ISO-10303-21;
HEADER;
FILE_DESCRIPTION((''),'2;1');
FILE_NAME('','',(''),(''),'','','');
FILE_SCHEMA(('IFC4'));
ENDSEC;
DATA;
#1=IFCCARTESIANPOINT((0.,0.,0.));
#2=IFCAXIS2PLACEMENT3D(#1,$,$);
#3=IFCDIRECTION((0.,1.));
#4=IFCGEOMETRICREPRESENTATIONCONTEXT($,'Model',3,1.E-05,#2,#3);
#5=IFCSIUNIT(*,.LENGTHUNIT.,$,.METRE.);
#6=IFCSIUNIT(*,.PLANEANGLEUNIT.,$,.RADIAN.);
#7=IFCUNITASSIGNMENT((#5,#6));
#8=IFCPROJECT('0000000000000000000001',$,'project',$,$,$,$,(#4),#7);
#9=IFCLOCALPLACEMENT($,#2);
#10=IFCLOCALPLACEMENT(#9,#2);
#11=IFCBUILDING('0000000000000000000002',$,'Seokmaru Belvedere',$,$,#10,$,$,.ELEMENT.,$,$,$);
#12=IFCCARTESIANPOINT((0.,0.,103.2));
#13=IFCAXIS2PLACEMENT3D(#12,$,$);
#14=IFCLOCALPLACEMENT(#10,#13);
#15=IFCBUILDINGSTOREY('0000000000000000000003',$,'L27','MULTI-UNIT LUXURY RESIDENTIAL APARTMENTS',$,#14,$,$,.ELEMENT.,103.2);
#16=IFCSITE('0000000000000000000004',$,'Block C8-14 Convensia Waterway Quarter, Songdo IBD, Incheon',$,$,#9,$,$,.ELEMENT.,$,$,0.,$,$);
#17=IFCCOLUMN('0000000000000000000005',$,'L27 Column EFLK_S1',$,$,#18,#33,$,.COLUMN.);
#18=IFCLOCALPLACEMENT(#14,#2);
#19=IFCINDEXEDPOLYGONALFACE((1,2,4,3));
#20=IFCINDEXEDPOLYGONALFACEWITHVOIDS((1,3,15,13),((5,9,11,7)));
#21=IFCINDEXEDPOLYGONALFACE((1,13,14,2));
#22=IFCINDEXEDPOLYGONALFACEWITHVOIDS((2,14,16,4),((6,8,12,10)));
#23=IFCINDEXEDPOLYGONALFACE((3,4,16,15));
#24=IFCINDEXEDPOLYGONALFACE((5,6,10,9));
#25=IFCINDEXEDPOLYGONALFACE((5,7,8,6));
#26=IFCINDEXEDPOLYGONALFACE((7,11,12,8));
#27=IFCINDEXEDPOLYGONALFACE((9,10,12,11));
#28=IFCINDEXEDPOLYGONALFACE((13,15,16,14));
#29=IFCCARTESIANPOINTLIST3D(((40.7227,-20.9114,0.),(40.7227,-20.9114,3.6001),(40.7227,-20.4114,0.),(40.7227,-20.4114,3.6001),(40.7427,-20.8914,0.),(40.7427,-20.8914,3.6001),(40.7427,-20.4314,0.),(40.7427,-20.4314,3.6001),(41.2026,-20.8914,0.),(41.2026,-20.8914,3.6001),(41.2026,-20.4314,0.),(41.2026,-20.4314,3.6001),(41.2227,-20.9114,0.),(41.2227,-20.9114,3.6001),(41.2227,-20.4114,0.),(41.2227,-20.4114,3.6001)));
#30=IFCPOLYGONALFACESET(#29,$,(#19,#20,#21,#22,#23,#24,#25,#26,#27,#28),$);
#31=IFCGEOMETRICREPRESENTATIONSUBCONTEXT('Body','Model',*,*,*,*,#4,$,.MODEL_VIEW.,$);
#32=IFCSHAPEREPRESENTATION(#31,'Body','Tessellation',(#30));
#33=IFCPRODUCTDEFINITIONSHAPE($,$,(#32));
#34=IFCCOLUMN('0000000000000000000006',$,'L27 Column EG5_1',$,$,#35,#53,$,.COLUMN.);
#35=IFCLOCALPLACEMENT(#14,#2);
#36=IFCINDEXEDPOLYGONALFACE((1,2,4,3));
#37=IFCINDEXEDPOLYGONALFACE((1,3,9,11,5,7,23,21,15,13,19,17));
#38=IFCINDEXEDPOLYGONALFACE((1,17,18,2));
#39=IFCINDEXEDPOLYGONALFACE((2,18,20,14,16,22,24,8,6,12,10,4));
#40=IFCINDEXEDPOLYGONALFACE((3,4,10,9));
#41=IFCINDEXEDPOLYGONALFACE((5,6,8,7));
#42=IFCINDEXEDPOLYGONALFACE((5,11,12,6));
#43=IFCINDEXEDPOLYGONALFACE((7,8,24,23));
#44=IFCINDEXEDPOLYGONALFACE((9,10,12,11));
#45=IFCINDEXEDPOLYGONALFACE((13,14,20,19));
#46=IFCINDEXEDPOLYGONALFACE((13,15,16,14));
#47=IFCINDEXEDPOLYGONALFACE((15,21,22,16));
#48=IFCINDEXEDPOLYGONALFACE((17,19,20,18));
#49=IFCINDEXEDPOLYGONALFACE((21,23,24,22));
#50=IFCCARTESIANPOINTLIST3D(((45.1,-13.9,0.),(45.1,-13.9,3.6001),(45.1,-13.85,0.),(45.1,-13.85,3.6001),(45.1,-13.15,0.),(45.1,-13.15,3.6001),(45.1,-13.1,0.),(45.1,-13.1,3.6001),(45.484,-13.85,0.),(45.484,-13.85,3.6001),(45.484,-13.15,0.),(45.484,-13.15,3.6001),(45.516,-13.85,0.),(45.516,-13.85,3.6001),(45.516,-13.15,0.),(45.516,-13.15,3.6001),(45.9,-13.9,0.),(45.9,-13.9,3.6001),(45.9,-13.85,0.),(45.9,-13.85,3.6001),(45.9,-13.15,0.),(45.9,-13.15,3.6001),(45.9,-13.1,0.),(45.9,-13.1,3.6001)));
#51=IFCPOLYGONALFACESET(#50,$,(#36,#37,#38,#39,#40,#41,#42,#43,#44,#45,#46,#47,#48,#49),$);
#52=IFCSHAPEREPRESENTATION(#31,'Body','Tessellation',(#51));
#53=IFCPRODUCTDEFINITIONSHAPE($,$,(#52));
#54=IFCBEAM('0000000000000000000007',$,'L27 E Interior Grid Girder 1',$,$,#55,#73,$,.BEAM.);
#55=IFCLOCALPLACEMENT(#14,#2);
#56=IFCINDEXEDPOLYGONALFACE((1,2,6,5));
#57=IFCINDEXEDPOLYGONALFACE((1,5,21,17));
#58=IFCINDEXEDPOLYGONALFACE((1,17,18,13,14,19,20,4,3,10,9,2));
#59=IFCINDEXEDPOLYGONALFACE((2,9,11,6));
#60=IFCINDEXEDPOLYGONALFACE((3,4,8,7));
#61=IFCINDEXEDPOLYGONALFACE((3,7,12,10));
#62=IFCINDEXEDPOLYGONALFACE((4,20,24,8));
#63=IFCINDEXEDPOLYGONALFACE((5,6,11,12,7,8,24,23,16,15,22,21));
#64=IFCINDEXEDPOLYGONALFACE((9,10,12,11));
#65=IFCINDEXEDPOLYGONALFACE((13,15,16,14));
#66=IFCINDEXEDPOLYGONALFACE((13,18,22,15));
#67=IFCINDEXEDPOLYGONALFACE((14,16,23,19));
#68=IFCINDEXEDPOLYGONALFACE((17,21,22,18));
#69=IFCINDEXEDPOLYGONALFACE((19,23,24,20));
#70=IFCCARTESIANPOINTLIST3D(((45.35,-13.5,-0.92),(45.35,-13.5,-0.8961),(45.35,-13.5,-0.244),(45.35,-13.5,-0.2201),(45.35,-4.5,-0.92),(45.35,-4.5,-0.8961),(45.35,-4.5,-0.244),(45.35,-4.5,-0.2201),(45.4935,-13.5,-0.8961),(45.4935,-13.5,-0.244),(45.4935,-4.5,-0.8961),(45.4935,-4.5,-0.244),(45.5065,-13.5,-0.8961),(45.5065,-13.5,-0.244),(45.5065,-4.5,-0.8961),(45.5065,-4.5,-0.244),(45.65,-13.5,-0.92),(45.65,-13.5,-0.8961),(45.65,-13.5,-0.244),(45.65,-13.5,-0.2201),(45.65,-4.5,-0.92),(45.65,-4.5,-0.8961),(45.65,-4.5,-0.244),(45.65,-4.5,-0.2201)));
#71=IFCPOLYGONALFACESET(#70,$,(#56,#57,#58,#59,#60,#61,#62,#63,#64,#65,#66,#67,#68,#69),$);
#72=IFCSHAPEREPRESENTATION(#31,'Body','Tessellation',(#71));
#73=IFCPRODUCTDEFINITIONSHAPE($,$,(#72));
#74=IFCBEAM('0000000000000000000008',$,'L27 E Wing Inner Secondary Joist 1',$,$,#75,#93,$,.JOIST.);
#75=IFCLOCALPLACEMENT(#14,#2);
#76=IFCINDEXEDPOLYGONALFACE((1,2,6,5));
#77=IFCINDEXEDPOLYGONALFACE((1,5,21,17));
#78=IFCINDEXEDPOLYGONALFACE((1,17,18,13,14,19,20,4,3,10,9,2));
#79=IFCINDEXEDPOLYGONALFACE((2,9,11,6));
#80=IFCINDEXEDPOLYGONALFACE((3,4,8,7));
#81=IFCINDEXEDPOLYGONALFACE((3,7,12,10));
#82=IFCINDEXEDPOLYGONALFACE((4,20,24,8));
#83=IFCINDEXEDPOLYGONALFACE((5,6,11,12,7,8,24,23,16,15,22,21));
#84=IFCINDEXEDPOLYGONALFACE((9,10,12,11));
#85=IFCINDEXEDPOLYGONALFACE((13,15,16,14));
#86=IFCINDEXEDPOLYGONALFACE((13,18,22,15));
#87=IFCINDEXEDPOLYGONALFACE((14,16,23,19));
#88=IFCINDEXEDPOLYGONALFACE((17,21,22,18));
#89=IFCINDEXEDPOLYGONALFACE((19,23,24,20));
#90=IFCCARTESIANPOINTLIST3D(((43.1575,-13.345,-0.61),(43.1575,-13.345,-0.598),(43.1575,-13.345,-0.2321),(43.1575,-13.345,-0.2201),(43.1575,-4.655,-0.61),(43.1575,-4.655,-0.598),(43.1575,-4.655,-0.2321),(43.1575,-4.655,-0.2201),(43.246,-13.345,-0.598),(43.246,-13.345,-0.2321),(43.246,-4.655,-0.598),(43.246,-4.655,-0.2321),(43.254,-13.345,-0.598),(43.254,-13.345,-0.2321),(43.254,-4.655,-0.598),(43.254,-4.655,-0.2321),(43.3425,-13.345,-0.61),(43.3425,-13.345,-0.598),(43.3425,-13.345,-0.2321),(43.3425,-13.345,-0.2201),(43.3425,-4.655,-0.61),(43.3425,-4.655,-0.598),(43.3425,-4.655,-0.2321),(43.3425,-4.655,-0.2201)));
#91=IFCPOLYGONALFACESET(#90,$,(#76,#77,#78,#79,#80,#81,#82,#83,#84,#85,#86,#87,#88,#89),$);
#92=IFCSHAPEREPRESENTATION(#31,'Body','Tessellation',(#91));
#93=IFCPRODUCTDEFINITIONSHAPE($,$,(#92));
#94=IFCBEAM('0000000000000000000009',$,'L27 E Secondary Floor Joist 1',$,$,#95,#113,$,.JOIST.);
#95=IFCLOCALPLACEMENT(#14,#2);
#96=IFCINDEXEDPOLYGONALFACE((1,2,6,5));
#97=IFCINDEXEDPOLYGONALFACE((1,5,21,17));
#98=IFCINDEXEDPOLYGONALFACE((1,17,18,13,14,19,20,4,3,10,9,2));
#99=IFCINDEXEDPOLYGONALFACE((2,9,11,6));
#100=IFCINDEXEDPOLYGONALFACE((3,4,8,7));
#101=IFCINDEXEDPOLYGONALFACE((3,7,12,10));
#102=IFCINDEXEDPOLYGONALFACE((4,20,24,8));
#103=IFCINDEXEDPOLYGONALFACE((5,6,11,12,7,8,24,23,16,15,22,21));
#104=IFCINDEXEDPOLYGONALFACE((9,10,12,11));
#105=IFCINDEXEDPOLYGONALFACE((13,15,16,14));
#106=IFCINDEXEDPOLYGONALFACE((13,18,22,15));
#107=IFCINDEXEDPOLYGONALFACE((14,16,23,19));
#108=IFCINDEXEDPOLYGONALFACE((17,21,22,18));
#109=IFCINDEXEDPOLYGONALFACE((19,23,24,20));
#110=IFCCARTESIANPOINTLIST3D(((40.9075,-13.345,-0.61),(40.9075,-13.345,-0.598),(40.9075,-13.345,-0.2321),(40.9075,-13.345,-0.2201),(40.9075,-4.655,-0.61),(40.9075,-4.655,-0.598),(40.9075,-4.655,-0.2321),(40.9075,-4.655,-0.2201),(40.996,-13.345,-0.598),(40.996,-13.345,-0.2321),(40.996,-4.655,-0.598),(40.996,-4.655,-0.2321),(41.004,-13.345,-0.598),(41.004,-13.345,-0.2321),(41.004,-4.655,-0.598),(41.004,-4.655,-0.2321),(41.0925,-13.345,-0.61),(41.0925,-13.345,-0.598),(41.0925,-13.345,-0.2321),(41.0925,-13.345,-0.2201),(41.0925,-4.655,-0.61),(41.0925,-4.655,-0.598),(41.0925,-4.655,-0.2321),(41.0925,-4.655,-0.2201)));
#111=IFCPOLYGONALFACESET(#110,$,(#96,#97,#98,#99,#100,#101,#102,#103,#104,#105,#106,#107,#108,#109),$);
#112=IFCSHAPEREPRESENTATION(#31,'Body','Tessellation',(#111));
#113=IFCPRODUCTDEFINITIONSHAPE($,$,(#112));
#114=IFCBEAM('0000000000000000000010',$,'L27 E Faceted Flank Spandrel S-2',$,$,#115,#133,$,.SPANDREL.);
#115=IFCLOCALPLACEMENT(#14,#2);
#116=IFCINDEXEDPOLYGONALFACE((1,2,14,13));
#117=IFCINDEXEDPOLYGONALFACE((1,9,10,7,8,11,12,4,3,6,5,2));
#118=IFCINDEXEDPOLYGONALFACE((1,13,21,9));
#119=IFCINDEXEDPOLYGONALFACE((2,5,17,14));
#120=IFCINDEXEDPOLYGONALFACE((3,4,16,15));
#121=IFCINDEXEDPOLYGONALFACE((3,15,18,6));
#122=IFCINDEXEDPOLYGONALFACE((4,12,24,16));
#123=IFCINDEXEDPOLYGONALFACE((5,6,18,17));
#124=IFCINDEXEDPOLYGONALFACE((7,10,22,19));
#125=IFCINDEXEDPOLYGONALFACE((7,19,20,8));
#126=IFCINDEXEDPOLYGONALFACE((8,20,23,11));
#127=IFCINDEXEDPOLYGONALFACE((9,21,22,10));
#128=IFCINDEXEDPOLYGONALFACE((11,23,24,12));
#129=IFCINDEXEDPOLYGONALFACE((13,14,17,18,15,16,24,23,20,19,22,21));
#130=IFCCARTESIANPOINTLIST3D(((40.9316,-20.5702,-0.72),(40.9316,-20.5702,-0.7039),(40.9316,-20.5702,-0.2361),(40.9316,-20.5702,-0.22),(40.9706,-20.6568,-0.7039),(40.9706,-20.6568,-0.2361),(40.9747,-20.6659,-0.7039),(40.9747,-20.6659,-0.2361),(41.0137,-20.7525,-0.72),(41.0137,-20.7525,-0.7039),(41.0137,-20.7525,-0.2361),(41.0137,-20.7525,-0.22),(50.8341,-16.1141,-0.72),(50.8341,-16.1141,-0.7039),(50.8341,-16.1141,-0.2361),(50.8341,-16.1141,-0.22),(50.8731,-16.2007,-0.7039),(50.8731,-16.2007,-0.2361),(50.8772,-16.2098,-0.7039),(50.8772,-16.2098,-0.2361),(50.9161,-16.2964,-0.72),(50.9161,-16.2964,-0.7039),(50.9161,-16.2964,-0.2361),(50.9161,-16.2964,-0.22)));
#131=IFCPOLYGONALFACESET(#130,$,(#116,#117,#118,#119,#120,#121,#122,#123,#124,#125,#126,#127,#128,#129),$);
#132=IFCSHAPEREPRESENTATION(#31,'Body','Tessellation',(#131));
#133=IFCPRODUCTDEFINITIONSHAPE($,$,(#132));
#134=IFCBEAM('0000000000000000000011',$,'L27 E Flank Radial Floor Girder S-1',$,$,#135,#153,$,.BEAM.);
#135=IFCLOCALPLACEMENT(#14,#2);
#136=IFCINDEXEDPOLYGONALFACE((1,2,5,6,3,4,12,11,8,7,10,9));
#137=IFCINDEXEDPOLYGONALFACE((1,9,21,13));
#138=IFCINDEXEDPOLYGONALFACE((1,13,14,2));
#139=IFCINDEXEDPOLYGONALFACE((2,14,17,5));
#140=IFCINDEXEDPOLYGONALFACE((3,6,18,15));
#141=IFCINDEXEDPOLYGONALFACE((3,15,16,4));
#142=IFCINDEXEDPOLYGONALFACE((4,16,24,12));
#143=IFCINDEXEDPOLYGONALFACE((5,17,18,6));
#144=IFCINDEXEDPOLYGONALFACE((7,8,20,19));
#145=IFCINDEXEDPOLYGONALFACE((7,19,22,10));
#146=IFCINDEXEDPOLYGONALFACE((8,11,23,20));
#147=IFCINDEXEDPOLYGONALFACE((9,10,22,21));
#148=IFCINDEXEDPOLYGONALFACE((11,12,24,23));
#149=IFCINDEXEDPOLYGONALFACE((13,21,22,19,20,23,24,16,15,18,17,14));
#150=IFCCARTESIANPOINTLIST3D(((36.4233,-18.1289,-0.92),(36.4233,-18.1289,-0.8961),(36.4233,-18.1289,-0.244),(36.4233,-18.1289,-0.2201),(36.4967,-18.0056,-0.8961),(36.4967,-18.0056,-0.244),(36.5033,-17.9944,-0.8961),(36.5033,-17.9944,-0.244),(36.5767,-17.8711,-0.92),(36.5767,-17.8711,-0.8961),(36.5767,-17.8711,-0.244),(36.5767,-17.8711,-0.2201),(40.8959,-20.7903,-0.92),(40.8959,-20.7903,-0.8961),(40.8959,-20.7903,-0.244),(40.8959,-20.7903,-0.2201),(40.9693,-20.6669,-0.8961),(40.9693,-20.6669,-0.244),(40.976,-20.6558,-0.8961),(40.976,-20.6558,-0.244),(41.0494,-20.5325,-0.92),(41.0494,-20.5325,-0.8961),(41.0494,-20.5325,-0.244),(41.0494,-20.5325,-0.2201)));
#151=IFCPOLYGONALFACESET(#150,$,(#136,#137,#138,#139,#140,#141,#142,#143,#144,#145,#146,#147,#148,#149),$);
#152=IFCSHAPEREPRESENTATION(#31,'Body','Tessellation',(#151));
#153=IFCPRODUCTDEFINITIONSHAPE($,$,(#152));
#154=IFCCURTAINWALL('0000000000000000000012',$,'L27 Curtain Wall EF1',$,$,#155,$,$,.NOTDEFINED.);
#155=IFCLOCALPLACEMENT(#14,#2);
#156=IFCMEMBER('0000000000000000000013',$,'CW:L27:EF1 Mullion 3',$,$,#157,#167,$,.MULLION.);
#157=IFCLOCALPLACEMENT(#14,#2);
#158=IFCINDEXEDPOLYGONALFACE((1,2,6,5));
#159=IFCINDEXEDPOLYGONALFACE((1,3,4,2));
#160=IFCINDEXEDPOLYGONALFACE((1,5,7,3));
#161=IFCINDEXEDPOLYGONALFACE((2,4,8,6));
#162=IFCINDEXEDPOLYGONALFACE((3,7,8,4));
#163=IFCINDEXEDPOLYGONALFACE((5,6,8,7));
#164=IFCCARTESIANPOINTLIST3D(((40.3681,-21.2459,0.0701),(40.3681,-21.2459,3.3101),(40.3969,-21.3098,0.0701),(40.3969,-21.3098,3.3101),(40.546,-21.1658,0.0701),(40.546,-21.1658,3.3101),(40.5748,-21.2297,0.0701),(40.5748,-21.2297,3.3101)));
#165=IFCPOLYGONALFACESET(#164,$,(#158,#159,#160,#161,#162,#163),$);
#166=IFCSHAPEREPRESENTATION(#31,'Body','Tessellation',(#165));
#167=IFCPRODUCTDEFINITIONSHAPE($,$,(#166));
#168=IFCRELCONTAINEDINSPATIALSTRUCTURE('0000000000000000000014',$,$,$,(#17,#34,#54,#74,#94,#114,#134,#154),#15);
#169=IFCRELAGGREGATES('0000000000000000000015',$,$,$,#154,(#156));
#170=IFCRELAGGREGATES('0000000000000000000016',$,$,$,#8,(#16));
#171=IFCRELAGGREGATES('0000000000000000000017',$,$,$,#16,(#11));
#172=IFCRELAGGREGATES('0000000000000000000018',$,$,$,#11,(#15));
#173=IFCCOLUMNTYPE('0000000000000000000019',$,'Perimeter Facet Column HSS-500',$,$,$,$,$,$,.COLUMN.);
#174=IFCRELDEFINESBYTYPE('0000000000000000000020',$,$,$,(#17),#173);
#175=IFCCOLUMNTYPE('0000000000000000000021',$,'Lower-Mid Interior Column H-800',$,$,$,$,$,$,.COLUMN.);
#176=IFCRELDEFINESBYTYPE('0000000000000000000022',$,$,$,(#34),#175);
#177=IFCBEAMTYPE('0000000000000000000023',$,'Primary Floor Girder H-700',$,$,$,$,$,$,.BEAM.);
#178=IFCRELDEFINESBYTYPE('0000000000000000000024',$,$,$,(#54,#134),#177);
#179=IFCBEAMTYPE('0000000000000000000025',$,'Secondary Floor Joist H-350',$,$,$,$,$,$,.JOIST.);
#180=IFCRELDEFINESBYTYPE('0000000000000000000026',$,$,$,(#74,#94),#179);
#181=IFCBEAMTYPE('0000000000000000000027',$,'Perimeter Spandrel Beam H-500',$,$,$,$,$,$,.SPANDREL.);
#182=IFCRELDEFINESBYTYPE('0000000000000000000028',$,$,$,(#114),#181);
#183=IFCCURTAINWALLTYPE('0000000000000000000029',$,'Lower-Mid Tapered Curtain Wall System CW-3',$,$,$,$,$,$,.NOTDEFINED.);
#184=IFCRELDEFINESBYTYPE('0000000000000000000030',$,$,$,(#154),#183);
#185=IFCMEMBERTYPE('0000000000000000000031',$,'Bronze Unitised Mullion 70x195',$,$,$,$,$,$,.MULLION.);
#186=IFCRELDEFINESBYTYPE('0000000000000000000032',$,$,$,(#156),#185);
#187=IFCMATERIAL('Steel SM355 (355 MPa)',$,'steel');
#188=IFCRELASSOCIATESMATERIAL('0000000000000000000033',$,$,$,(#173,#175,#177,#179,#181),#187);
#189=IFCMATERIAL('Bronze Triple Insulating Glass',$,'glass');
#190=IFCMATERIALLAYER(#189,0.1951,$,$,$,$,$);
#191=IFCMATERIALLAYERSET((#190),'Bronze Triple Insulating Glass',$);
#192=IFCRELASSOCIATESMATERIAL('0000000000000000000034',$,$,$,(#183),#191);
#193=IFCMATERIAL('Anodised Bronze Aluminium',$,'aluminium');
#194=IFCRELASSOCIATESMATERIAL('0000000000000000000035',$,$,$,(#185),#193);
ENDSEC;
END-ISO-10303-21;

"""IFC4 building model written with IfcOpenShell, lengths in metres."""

from ifc_helpers import new_model, si_unit, direction, frame, origin, origin_2d, place, context, subcontext, project, spatial, rectangle, hollow_rectangle, i_section, extrude, source, transform, mapped, material, layer, layer_set, material_profile, profile_set, type_object, type_shapes, element, aggregate, save


model = new_model("IFC4")

# Units and contexts
model_context = context("Model", 3, precision=1e-05, world=origin(), true_north=direction((0.0, 1.0)))
body_context = subcontext(model_context, "Body", "Model", "MODEL_VIEW")
ifc_project = project(units=[si_unit("LENGTHUNIT", "METRE"), si_unit("PLANEANGLEUNIT", "RADIAN")], contexts=[model_context])

# Site, building, storey
site_placement = place(None, origin())
site = spatial("IfcSite", under=ifc_project, at=site_placement, Name="Block C8-14 Convensia Waterway Quarter, Songdo IBD, Incheon", CompositionType="ELEMENT", RefElevation=0.0)
building_placement = place(site_placement, origin())
building = spatial("IfcBuilding", under=site, at=building_placement, Name="Seokmaru Belvedere", CompositionType="ELEMENT")
storey_placement = place(building_placement, frame((0.0, 0.0, 103.2)))
storey = spatial("IfcBuildingStorey", under=building, at=storey_placement, Name="L27", Description="MULTI-UNIT LUXURY RESIDENTIAL APARTMENTS", CompositionType="ELEMENT", Elevation=103.2)

# Columns
ifc_material_1 = material(Name="Steel SM355 (355 MPa)", Category="steel")
ifc_material_profile_1 = material_profile(ifc_material_1, hollow_rectangle(XDim=0.5, YDim=0.5, WallThickness=0.02, at=origin_2d()), Name="HSS-500x500x20")
ifc_profile_set_1 = profile_set([ifc_material_profile_1], Name="Steel SM355 (355 MPa)")
column_type_1 = type_object("IfcColumnType", Name="Perimeter Facet Column HSS-500", PredefinedType="COLUMN", material=ifc_profile_set_1)
shared_shape_1 = source(origin(), body_context, "Body", "SweptSolid", [
    extrude(hollow_rectangle(XDim=0.5, YDim=0.5, WallThickness=0.02, at=origin_2d()), origin(), (0.0, 0.0, 1.0), 3.6001),
])
type_shapes(column_type_1, [shared_shape_1])
column_1_placement = place(storey_placement, frame((40.9727, -20.6614, 0.0), z_axis=(0.0, 0.0, 1.0), x_axis=(1.0, 0.0, 0.0)))
element("IfcColumn", 1, at=column_1_placement, inside=storey, type_object=column_type_1, Name="L27 Column EFLK_S1", PredefinedType="COLUMN", context=body_context, shape_type="MappedRepresentation", body=[
    mapped(shared_shape_1, transform((0.0, 0.0, 0.0), scale=1.0)),
])
ifc_material_profile_2 = material_profile(ifc_material_1, i_section(OverallWidth=0.8, OverallDepth=0.8, WebThickness=0.032, FlangeThickness=0.05, at=origin_2d()), Name="H-800x800x32x50")
ifc_profile_set_2 = profile_set([ifc_material_profile_2], Name="Steel SM355 (355 MPa)")
column_type_2 = type_object("IfcColumnType", Name="Lower-Mid Interior Column H-800", PredefinedType="COLUMN", material=ifc_profile_set_2)
shared_shape_2 = source(origin(), body_context, "Body", "SweptSolid", [
    extrude(i_section(OverallWidth=0.8, OverallDepth=0.8, WebThickness=0.032, FlangeThickness=0.05, at=origin_2d()), origin(), (0.0, 0.0, 1.0), 3.6001),
])
type_shapes(column_type_2, [shared_shape_2])
column_2_placement = place(storey_placement, frame((45.5, -13.5, 0.0), z_axis=(0.0, 0.0, 1.0), x_axis=(1.0, 0.0, 0.0)))
element("IfcColumn", 2, at=column_2_placement, inside=storey, type_object=column_type_2, Name="L27 Column EG5_1", PredefinedType="COLUMN", context=body_context, shape_type="MappedRepresentation", body=[
    mapped(shared_shape_2, transform((0.0, 0.0, 0.0), scale=1.0)),
])

# Beams
ifc_material_profile_3 = material_profile(ifc_material_1, i_section(OverallWidth=0.3, OverallDepth=0.7, WebThickness=0.0129, FlangeThickness=0.0239, at=origin_2d()), Name="H-700x300x13x24")
ifc_profile_set_3 = profile_set([ifc_material_profile_3], Name="Steel SM355 (355 MPa)")
beam_type_1 = type_object("IfcBeamType", Name="Primary Floor Girder H-700", PredefinedType="BEAM", material=ifc_profile_set_3)
shared_shape_3 = source(origin(), body_context, "Body", "SweptSolid", [
    extrude(i_section(OverallWidth=0.3, OverallDepth=0.7, WebThickness=0.0129, FlangeThickness=0.0239, at=origin_2d()), origin(), (0.0, 0.0, 1.0), 9.0),
])
beam_1_placement = place(storey_placement, frame((45.5, -13.5, -0.5701), z_axis=(0.0, 1.0, 0.0), x_axis=(-1.0, 0.0, 0.0)))
element("IfcBeam", 3, at=beam_1_placement, inside=storey, type_object=beam_type_1, Name="L27 E Interior Grid Girder 1", PredefinedType="BEAM", context=body_context, shape_type="MappedRepresentation", body=[
    mapped(shared_shape_3, transform((0.0, 0.0, 0.0), scale=1.0)),
])
ifc_material_profile_4 = material_profile(ifc_material_1, i_section(OverallWidth=0.1851, OverallDepth=0.3899, WebThickness=0.0081, FlangeThickness=0.012, at=origin_2d()), Name="H-390x185x8x12")
ifc_profile_set_4 = profile_set([ifc_material_profile_4], Name="Steel SM355 (355 MPa)")
beam_type_2 = type_object("IfcBeamType", Name="Secondary Floor Joist H-350", PredefinedType="JOIST", material=ifc_profile_set_4)
shared_shape_4 = source(origin(), body_context, "Body", "SweptSolid", [
    extrude(i_section(OverallWidth=0.1851, OverallDepth=0.3899, WebThickness=0.0081, FlangeThickness=0.012, at=origin_2d()), origin(), (0.0, 0.0, 1.0), 8.6899),
])
type_shapes(beam_type_2, [shared_shape_4])
for number, where, z_axis, x_axis, name in (
    (4, (43.25, -13.345, -0.415), (0.0, 1.0, 0.0), (-1.0, 0.0, 0.0), "L27 E Wing Inner Secondary Joist 1"),
    (5, (41.0, -13.345, -0.415), (0.0, 1.0, 0.0), (-1.0, 0.0, 0.0), "L27 E Secondary Floor Joist 1"),
):
    element("IfcBeam", number, at=place(storey_placement, frame(where, z_axis=z_axis, x_axis=x_axis)), inside=storey, type_object=beam_type_2, Name=name, PredefinedType="JOIST", context=body_context, shape_type="MappedRepresentation", body=[
        mapped(shared_shape_4, transform((0.0, 0.0, 0.0), scale=1.0)),
    ])
ifc_material_profile_5 = material_profile(ifc_material_1, i_section(OverallWidth=0.2, OverallDepth=0.5, WebThickness=0.01, FlangeThickness=0.0161, at=origin_2d()), Name="H-500x200x10x16")
ifc_profile_set_5 = profile_set([ifc_material_profile_5], Name="Steel SM355 (355 MPa)")
beam_type_3 = type_object("IfcBeamType", Name="Perimeter Spandrel Beam H-500", PredefinedType="SPANDREL", material=ifc_profile_set_5)
shared_shape_5 = source(origin(), body_context, "Body", "SweptSolid", [
    extrude(i_section(OverallWidth=0.2, OverallDepth=0.5, WebThickness=0.01, FlangeThickness=0.0161, at=origin_2d()), origin(), (0.0, 0.0, 1.0), 10.8589),
])
type_shapes(beam_type_3, [shared_shape_5])
beam_2_placement = place(storey_placement, frame((40.9727, -20.6614, -0.47), z_axis=(0.911922, 0.410365, 0.0), x_axis=(-0.410365, 0.911922, 0.0)))
element("IfcBeam", 6, at=beam_2_placement, inside=storey, type_object=beam_type_3, Name="L27 E Faceted Flank Spandrel S-2", PredefinedType="SPANDREL", context=body_context, shape_type="MappedRepresentation", body=[
    mapped(shared_shape_5, transform((0.0, 0.0, 0.0), scale=1.0)),
])
shared_shape_6 = source(origin(), body_context, "Body", "SweptSolid", [
    extrude(i_section(OverallWidth=0.3, OverallDepth=0.7, WebThickness=0.0129, FlangeThickness=0.0239, at=origin_2d()), origin(), (0.0, 0.0, 1.0), 5.2046),
])
type_shapes(beam_type_1, [shared_shape_3, shared_shape_6])
beam_3_placement = place(storey_placement, frame((40.9727, -20.6614, -0.5701), z_axis=(-0.85937, 0.511354, 0.0), x_axis=(-0.511354, -0.85937, 0.0)))
element("IfcBeam", 7, at=beam_3_placement, inside=storey, type_object=beam_type_1, Name="L27 E Flank Radial Floor Girder S-1", PredefinedType="BEAM", context=body_context, shape_type="MappedRepresentation", body=[
    mapped(shared_shape_6, transform((0.0, 0.0, 0.0), scale=1.0)),
])

# Curtain wall, member
ifc_material_2 = material(Name="Bronze Triple Insulating Glass", Category="glass")
ifc_layer_1 = layer(ifc_material_2, 0.1951)
ifc_layer_set_1 = layer_set([ifc_layer_1], Name="Bronze Triple Insulating Glass")
curtain_wall_type = type_object("IfcCurtainWallType", Name="Lower-Mid Tapered Curtain Wall System CW-3", PredefinedType="NOTDEFINED", material=ifc_layer_set_1)
curtain_wall_placement = place(storey_placement, origin())
curtain_wall = element("IfcCurtainWall", 8, at=curtain_wall_placement, inside=storey, type_object=curtain_wall_type, Name="L27 Curtain Wall EF1", PredefinedType="NOTDEFINED")
ifc_material_3 = material(Name="Anodised Bronze Aluminium", Category="aluminium")
ifc_material_profile_6 = material_profile(ifc_material_3, rectangle(XDim=0.0701, YDim=0.1951, at=origin_2d()), Name="CW-M-70x195")
ifc_profile_set_6 = profile_set([ifc_material_profile_6], Name="Anodised Bronze Aluminium")
member_type = type_object("IfcMemberType", Name="Bronze Unitised Mullion 70x195", PredefinedType="MULLION", material=ifc_profile_set_6)
shared_shape_7 = source(origin(), body_context, "Body", "SweptSolid", [
    extrude(rectangle(XDim=0.0701, YDim=0.1951, at=origin_2d()), origin(), (0.0, 0.0, 1.0), 3.24),
])
type_shapes(member_type, [shared_shape_7])
member_1_placement = place(storey_placement, frame((40.4714, -21.2378, 0.0701), z_axis=(0.0, 0.0, 1.0), x_axis=(-0.410366, 0.911921, 0.0)))
member_1 = element("IfcMember", 9, at=member_1_placement, type_object=member_type, Name="CW:L27:EF1 Mullion 3", PredefinedType="MULLION", context=body_context, shape_type="MappedRepresentation", body=[
    mapped(shared_shape_7, transform((0.0, 0.0, 0.0), scale=1.0)),
])
aggregate(curtain_wall, [member_1])

save(model, "model.ifc")
